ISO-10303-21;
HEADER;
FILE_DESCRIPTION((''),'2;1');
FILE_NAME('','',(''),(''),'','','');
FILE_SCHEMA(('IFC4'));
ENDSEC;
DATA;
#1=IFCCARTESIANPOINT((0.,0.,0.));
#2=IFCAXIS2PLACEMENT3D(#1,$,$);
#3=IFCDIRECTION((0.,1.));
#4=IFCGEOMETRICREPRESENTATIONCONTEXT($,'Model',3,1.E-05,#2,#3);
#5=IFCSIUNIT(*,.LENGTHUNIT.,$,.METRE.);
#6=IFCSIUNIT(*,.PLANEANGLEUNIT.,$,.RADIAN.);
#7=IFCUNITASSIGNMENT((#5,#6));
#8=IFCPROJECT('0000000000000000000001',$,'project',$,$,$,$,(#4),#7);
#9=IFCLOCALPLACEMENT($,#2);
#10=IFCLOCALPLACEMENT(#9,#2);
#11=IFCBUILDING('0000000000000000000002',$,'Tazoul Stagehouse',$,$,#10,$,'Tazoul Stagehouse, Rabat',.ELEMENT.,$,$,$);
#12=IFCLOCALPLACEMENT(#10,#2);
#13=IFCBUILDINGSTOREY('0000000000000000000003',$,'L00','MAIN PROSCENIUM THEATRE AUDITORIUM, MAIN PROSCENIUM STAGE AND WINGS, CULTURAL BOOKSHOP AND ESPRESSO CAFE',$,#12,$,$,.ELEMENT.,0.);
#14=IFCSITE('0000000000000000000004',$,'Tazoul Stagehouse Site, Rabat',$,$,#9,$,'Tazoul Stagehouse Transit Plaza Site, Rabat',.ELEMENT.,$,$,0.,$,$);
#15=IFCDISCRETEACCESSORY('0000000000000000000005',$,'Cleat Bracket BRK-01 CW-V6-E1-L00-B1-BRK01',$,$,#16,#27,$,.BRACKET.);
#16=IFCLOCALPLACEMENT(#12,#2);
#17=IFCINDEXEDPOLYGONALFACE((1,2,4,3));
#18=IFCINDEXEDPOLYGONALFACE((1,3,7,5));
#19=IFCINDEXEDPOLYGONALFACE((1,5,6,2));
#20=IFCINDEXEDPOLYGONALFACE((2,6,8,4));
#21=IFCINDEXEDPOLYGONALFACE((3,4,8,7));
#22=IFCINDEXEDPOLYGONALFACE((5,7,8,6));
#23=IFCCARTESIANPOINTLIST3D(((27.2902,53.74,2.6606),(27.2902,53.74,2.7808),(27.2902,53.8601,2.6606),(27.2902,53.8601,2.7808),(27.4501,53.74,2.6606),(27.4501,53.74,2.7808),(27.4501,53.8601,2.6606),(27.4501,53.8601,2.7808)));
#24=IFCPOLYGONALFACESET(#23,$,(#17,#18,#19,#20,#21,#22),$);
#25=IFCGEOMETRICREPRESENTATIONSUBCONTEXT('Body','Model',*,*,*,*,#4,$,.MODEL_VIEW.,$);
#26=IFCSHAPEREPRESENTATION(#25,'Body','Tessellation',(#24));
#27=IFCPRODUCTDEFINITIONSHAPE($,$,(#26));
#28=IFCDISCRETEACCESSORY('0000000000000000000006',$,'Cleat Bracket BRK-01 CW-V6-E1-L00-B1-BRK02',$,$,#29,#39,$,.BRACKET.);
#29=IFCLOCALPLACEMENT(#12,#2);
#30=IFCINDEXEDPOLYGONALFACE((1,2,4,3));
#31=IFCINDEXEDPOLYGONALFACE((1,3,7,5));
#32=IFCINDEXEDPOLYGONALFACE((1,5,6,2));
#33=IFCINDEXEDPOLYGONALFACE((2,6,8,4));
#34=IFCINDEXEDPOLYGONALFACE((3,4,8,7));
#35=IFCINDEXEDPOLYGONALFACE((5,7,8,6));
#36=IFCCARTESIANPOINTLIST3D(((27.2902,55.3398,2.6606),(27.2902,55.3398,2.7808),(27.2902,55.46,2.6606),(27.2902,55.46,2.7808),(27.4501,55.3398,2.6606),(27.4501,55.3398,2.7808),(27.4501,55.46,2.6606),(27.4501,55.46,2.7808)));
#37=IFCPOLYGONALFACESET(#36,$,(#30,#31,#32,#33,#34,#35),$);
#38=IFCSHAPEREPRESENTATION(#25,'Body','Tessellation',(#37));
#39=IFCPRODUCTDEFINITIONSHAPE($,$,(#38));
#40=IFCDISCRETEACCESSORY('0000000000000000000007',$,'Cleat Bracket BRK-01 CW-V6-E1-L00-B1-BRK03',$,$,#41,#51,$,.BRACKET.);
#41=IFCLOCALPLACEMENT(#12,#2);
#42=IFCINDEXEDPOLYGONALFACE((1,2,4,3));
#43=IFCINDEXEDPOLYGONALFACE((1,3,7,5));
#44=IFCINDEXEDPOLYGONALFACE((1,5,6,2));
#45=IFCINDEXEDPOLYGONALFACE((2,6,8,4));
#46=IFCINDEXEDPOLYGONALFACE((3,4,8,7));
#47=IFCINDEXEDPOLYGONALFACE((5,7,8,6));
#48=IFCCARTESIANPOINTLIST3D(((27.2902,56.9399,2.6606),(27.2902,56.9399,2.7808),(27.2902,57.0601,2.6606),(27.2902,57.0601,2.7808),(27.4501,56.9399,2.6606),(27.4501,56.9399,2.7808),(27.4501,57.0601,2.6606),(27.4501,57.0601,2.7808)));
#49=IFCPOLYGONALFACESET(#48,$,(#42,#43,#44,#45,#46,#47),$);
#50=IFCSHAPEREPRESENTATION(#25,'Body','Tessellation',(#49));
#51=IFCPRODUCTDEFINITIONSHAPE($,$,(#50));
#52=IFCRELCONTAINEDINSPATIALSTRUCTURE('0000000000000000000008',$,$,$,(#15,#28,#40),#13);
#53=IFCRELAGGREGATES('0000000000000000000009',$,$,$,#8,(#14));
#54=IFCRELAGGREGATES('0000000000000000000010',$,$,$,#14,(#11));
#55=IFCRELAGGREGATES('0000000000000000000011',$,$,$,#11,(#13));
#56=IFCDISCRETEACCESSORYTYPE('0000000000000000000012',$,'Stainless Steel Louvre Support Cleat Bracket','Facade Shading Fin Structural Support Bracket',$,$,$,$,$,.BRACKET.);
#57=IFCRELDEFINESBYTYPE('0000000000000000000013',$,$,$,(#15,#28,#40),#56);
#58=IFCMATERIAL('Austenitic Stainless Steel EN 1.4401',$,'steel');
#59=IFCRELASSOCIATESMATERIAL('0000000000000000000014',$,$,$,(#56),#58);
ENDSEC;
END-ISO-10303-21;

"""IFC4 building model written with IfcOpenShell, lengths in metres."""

from ifc_helpers import new_model, si_unit, direction, frame, origin, origin_2d, place, context, subcontext, project, spatial, rectangle, extrude, material, type_object, element, save


model = new_model("IFC4")

# Units and contexts
model_context = context("Model", 3, precision=1e-05, world=origin(), true_north=direction((0.0, 1.0)))
body_context = subcontext(model_context, "Body", "Model", "MODEL_VIEW")
ifc_project = project(units=[si_unit("LENGTHUNIT", "METRE"), si_unit("PLANEANGLEUNIT", "RADIAN")], contexts=[model_context])

# Site, building, storey
site_placement = place(None, origin())
building_placement = place(site_placement, origin())
storey_placement = place(building_placement, origin())
site = spatial("IfcSite", under=ifc_project, at=site_placement, Name="Tazoul Stagehouse Site, Rabat", LongName="Tazoul Stagehouse Transit Plaza Site, Rabat", CompositionType="ELEMENT", RefElevation=0.0)
building = spatial("IfcBuilding", under=site, at=building_placement, Name="Tazoul Stagehouse", LongName="Tazoul Stagehouse, Rabat", CompositionType="ELEMENT")
storey = spatial("IfcBuildingStorey", under=building, at=storey_placement, Name="L00", Description="MAIN PROSCENIUM THEATRE AUDITORIUM, MAIN PROSCENIUM STAGE AND WINGS, CULTURAL BOOKSHOP AND ESPRESSO CAFE", CompositionType="ELEMENT", Elevation=0.0)

# Discrete accessories
ifc_material_1 = material(Name="Austenitic Stainless Steel EN 1.4401", Category="steel")
discrete_accessory_type = type_object("IfcDiscreteAccessoryType", Name="Stainless Steel Louvre Support Cleat Bracket", Description="Facade Shading Fin Structural Support Bracket", PredefinedType="BRACKET", material=ifc_material_1)
for number, where, z_axis, x_axis, name in (
    (1, (27.3701, 53.8, 2.6606), (0.0, 0.0, 1.0), (0.0, 1.0, 0.0), "Cleat Bracket BRK-01 CW-V6-E1-L00-B1-BRK01"),
    (2, (27.3701, 55.3999, 2.6606), (0.0, 0.0, 1.0), (0.0, 1.0, 0.0), "Cleat Bracket BRK-01 CW-V6-E1-L00-B1-BRK02"),
    (3, (27.3701, 57.0, 2.6606), (0.0, 0.0, 1.0), (0.0, 1.0, 0.0), "Cleat Bracket BRK-01 CW-V6-E1-L00-B1-BRK03"),
):
    element("IfcDiscreteAccessory", number, at=place(storey_placement, frame(where, z_axis=z_axis, x_axis=x_axis)), inside=storey, type_object=discrete_accessory_type, Name=name, PredefinedType="BRACKET", context=body_context, shape_type="SweptSolid", body=[
        extrude(rectangle(XDim=0.1201, YDim=0.1599, at=origin_2d()), origin(), (0.0, 0.0, 1.0), 0.1201),
    ])

save(model, "model.ifc")
